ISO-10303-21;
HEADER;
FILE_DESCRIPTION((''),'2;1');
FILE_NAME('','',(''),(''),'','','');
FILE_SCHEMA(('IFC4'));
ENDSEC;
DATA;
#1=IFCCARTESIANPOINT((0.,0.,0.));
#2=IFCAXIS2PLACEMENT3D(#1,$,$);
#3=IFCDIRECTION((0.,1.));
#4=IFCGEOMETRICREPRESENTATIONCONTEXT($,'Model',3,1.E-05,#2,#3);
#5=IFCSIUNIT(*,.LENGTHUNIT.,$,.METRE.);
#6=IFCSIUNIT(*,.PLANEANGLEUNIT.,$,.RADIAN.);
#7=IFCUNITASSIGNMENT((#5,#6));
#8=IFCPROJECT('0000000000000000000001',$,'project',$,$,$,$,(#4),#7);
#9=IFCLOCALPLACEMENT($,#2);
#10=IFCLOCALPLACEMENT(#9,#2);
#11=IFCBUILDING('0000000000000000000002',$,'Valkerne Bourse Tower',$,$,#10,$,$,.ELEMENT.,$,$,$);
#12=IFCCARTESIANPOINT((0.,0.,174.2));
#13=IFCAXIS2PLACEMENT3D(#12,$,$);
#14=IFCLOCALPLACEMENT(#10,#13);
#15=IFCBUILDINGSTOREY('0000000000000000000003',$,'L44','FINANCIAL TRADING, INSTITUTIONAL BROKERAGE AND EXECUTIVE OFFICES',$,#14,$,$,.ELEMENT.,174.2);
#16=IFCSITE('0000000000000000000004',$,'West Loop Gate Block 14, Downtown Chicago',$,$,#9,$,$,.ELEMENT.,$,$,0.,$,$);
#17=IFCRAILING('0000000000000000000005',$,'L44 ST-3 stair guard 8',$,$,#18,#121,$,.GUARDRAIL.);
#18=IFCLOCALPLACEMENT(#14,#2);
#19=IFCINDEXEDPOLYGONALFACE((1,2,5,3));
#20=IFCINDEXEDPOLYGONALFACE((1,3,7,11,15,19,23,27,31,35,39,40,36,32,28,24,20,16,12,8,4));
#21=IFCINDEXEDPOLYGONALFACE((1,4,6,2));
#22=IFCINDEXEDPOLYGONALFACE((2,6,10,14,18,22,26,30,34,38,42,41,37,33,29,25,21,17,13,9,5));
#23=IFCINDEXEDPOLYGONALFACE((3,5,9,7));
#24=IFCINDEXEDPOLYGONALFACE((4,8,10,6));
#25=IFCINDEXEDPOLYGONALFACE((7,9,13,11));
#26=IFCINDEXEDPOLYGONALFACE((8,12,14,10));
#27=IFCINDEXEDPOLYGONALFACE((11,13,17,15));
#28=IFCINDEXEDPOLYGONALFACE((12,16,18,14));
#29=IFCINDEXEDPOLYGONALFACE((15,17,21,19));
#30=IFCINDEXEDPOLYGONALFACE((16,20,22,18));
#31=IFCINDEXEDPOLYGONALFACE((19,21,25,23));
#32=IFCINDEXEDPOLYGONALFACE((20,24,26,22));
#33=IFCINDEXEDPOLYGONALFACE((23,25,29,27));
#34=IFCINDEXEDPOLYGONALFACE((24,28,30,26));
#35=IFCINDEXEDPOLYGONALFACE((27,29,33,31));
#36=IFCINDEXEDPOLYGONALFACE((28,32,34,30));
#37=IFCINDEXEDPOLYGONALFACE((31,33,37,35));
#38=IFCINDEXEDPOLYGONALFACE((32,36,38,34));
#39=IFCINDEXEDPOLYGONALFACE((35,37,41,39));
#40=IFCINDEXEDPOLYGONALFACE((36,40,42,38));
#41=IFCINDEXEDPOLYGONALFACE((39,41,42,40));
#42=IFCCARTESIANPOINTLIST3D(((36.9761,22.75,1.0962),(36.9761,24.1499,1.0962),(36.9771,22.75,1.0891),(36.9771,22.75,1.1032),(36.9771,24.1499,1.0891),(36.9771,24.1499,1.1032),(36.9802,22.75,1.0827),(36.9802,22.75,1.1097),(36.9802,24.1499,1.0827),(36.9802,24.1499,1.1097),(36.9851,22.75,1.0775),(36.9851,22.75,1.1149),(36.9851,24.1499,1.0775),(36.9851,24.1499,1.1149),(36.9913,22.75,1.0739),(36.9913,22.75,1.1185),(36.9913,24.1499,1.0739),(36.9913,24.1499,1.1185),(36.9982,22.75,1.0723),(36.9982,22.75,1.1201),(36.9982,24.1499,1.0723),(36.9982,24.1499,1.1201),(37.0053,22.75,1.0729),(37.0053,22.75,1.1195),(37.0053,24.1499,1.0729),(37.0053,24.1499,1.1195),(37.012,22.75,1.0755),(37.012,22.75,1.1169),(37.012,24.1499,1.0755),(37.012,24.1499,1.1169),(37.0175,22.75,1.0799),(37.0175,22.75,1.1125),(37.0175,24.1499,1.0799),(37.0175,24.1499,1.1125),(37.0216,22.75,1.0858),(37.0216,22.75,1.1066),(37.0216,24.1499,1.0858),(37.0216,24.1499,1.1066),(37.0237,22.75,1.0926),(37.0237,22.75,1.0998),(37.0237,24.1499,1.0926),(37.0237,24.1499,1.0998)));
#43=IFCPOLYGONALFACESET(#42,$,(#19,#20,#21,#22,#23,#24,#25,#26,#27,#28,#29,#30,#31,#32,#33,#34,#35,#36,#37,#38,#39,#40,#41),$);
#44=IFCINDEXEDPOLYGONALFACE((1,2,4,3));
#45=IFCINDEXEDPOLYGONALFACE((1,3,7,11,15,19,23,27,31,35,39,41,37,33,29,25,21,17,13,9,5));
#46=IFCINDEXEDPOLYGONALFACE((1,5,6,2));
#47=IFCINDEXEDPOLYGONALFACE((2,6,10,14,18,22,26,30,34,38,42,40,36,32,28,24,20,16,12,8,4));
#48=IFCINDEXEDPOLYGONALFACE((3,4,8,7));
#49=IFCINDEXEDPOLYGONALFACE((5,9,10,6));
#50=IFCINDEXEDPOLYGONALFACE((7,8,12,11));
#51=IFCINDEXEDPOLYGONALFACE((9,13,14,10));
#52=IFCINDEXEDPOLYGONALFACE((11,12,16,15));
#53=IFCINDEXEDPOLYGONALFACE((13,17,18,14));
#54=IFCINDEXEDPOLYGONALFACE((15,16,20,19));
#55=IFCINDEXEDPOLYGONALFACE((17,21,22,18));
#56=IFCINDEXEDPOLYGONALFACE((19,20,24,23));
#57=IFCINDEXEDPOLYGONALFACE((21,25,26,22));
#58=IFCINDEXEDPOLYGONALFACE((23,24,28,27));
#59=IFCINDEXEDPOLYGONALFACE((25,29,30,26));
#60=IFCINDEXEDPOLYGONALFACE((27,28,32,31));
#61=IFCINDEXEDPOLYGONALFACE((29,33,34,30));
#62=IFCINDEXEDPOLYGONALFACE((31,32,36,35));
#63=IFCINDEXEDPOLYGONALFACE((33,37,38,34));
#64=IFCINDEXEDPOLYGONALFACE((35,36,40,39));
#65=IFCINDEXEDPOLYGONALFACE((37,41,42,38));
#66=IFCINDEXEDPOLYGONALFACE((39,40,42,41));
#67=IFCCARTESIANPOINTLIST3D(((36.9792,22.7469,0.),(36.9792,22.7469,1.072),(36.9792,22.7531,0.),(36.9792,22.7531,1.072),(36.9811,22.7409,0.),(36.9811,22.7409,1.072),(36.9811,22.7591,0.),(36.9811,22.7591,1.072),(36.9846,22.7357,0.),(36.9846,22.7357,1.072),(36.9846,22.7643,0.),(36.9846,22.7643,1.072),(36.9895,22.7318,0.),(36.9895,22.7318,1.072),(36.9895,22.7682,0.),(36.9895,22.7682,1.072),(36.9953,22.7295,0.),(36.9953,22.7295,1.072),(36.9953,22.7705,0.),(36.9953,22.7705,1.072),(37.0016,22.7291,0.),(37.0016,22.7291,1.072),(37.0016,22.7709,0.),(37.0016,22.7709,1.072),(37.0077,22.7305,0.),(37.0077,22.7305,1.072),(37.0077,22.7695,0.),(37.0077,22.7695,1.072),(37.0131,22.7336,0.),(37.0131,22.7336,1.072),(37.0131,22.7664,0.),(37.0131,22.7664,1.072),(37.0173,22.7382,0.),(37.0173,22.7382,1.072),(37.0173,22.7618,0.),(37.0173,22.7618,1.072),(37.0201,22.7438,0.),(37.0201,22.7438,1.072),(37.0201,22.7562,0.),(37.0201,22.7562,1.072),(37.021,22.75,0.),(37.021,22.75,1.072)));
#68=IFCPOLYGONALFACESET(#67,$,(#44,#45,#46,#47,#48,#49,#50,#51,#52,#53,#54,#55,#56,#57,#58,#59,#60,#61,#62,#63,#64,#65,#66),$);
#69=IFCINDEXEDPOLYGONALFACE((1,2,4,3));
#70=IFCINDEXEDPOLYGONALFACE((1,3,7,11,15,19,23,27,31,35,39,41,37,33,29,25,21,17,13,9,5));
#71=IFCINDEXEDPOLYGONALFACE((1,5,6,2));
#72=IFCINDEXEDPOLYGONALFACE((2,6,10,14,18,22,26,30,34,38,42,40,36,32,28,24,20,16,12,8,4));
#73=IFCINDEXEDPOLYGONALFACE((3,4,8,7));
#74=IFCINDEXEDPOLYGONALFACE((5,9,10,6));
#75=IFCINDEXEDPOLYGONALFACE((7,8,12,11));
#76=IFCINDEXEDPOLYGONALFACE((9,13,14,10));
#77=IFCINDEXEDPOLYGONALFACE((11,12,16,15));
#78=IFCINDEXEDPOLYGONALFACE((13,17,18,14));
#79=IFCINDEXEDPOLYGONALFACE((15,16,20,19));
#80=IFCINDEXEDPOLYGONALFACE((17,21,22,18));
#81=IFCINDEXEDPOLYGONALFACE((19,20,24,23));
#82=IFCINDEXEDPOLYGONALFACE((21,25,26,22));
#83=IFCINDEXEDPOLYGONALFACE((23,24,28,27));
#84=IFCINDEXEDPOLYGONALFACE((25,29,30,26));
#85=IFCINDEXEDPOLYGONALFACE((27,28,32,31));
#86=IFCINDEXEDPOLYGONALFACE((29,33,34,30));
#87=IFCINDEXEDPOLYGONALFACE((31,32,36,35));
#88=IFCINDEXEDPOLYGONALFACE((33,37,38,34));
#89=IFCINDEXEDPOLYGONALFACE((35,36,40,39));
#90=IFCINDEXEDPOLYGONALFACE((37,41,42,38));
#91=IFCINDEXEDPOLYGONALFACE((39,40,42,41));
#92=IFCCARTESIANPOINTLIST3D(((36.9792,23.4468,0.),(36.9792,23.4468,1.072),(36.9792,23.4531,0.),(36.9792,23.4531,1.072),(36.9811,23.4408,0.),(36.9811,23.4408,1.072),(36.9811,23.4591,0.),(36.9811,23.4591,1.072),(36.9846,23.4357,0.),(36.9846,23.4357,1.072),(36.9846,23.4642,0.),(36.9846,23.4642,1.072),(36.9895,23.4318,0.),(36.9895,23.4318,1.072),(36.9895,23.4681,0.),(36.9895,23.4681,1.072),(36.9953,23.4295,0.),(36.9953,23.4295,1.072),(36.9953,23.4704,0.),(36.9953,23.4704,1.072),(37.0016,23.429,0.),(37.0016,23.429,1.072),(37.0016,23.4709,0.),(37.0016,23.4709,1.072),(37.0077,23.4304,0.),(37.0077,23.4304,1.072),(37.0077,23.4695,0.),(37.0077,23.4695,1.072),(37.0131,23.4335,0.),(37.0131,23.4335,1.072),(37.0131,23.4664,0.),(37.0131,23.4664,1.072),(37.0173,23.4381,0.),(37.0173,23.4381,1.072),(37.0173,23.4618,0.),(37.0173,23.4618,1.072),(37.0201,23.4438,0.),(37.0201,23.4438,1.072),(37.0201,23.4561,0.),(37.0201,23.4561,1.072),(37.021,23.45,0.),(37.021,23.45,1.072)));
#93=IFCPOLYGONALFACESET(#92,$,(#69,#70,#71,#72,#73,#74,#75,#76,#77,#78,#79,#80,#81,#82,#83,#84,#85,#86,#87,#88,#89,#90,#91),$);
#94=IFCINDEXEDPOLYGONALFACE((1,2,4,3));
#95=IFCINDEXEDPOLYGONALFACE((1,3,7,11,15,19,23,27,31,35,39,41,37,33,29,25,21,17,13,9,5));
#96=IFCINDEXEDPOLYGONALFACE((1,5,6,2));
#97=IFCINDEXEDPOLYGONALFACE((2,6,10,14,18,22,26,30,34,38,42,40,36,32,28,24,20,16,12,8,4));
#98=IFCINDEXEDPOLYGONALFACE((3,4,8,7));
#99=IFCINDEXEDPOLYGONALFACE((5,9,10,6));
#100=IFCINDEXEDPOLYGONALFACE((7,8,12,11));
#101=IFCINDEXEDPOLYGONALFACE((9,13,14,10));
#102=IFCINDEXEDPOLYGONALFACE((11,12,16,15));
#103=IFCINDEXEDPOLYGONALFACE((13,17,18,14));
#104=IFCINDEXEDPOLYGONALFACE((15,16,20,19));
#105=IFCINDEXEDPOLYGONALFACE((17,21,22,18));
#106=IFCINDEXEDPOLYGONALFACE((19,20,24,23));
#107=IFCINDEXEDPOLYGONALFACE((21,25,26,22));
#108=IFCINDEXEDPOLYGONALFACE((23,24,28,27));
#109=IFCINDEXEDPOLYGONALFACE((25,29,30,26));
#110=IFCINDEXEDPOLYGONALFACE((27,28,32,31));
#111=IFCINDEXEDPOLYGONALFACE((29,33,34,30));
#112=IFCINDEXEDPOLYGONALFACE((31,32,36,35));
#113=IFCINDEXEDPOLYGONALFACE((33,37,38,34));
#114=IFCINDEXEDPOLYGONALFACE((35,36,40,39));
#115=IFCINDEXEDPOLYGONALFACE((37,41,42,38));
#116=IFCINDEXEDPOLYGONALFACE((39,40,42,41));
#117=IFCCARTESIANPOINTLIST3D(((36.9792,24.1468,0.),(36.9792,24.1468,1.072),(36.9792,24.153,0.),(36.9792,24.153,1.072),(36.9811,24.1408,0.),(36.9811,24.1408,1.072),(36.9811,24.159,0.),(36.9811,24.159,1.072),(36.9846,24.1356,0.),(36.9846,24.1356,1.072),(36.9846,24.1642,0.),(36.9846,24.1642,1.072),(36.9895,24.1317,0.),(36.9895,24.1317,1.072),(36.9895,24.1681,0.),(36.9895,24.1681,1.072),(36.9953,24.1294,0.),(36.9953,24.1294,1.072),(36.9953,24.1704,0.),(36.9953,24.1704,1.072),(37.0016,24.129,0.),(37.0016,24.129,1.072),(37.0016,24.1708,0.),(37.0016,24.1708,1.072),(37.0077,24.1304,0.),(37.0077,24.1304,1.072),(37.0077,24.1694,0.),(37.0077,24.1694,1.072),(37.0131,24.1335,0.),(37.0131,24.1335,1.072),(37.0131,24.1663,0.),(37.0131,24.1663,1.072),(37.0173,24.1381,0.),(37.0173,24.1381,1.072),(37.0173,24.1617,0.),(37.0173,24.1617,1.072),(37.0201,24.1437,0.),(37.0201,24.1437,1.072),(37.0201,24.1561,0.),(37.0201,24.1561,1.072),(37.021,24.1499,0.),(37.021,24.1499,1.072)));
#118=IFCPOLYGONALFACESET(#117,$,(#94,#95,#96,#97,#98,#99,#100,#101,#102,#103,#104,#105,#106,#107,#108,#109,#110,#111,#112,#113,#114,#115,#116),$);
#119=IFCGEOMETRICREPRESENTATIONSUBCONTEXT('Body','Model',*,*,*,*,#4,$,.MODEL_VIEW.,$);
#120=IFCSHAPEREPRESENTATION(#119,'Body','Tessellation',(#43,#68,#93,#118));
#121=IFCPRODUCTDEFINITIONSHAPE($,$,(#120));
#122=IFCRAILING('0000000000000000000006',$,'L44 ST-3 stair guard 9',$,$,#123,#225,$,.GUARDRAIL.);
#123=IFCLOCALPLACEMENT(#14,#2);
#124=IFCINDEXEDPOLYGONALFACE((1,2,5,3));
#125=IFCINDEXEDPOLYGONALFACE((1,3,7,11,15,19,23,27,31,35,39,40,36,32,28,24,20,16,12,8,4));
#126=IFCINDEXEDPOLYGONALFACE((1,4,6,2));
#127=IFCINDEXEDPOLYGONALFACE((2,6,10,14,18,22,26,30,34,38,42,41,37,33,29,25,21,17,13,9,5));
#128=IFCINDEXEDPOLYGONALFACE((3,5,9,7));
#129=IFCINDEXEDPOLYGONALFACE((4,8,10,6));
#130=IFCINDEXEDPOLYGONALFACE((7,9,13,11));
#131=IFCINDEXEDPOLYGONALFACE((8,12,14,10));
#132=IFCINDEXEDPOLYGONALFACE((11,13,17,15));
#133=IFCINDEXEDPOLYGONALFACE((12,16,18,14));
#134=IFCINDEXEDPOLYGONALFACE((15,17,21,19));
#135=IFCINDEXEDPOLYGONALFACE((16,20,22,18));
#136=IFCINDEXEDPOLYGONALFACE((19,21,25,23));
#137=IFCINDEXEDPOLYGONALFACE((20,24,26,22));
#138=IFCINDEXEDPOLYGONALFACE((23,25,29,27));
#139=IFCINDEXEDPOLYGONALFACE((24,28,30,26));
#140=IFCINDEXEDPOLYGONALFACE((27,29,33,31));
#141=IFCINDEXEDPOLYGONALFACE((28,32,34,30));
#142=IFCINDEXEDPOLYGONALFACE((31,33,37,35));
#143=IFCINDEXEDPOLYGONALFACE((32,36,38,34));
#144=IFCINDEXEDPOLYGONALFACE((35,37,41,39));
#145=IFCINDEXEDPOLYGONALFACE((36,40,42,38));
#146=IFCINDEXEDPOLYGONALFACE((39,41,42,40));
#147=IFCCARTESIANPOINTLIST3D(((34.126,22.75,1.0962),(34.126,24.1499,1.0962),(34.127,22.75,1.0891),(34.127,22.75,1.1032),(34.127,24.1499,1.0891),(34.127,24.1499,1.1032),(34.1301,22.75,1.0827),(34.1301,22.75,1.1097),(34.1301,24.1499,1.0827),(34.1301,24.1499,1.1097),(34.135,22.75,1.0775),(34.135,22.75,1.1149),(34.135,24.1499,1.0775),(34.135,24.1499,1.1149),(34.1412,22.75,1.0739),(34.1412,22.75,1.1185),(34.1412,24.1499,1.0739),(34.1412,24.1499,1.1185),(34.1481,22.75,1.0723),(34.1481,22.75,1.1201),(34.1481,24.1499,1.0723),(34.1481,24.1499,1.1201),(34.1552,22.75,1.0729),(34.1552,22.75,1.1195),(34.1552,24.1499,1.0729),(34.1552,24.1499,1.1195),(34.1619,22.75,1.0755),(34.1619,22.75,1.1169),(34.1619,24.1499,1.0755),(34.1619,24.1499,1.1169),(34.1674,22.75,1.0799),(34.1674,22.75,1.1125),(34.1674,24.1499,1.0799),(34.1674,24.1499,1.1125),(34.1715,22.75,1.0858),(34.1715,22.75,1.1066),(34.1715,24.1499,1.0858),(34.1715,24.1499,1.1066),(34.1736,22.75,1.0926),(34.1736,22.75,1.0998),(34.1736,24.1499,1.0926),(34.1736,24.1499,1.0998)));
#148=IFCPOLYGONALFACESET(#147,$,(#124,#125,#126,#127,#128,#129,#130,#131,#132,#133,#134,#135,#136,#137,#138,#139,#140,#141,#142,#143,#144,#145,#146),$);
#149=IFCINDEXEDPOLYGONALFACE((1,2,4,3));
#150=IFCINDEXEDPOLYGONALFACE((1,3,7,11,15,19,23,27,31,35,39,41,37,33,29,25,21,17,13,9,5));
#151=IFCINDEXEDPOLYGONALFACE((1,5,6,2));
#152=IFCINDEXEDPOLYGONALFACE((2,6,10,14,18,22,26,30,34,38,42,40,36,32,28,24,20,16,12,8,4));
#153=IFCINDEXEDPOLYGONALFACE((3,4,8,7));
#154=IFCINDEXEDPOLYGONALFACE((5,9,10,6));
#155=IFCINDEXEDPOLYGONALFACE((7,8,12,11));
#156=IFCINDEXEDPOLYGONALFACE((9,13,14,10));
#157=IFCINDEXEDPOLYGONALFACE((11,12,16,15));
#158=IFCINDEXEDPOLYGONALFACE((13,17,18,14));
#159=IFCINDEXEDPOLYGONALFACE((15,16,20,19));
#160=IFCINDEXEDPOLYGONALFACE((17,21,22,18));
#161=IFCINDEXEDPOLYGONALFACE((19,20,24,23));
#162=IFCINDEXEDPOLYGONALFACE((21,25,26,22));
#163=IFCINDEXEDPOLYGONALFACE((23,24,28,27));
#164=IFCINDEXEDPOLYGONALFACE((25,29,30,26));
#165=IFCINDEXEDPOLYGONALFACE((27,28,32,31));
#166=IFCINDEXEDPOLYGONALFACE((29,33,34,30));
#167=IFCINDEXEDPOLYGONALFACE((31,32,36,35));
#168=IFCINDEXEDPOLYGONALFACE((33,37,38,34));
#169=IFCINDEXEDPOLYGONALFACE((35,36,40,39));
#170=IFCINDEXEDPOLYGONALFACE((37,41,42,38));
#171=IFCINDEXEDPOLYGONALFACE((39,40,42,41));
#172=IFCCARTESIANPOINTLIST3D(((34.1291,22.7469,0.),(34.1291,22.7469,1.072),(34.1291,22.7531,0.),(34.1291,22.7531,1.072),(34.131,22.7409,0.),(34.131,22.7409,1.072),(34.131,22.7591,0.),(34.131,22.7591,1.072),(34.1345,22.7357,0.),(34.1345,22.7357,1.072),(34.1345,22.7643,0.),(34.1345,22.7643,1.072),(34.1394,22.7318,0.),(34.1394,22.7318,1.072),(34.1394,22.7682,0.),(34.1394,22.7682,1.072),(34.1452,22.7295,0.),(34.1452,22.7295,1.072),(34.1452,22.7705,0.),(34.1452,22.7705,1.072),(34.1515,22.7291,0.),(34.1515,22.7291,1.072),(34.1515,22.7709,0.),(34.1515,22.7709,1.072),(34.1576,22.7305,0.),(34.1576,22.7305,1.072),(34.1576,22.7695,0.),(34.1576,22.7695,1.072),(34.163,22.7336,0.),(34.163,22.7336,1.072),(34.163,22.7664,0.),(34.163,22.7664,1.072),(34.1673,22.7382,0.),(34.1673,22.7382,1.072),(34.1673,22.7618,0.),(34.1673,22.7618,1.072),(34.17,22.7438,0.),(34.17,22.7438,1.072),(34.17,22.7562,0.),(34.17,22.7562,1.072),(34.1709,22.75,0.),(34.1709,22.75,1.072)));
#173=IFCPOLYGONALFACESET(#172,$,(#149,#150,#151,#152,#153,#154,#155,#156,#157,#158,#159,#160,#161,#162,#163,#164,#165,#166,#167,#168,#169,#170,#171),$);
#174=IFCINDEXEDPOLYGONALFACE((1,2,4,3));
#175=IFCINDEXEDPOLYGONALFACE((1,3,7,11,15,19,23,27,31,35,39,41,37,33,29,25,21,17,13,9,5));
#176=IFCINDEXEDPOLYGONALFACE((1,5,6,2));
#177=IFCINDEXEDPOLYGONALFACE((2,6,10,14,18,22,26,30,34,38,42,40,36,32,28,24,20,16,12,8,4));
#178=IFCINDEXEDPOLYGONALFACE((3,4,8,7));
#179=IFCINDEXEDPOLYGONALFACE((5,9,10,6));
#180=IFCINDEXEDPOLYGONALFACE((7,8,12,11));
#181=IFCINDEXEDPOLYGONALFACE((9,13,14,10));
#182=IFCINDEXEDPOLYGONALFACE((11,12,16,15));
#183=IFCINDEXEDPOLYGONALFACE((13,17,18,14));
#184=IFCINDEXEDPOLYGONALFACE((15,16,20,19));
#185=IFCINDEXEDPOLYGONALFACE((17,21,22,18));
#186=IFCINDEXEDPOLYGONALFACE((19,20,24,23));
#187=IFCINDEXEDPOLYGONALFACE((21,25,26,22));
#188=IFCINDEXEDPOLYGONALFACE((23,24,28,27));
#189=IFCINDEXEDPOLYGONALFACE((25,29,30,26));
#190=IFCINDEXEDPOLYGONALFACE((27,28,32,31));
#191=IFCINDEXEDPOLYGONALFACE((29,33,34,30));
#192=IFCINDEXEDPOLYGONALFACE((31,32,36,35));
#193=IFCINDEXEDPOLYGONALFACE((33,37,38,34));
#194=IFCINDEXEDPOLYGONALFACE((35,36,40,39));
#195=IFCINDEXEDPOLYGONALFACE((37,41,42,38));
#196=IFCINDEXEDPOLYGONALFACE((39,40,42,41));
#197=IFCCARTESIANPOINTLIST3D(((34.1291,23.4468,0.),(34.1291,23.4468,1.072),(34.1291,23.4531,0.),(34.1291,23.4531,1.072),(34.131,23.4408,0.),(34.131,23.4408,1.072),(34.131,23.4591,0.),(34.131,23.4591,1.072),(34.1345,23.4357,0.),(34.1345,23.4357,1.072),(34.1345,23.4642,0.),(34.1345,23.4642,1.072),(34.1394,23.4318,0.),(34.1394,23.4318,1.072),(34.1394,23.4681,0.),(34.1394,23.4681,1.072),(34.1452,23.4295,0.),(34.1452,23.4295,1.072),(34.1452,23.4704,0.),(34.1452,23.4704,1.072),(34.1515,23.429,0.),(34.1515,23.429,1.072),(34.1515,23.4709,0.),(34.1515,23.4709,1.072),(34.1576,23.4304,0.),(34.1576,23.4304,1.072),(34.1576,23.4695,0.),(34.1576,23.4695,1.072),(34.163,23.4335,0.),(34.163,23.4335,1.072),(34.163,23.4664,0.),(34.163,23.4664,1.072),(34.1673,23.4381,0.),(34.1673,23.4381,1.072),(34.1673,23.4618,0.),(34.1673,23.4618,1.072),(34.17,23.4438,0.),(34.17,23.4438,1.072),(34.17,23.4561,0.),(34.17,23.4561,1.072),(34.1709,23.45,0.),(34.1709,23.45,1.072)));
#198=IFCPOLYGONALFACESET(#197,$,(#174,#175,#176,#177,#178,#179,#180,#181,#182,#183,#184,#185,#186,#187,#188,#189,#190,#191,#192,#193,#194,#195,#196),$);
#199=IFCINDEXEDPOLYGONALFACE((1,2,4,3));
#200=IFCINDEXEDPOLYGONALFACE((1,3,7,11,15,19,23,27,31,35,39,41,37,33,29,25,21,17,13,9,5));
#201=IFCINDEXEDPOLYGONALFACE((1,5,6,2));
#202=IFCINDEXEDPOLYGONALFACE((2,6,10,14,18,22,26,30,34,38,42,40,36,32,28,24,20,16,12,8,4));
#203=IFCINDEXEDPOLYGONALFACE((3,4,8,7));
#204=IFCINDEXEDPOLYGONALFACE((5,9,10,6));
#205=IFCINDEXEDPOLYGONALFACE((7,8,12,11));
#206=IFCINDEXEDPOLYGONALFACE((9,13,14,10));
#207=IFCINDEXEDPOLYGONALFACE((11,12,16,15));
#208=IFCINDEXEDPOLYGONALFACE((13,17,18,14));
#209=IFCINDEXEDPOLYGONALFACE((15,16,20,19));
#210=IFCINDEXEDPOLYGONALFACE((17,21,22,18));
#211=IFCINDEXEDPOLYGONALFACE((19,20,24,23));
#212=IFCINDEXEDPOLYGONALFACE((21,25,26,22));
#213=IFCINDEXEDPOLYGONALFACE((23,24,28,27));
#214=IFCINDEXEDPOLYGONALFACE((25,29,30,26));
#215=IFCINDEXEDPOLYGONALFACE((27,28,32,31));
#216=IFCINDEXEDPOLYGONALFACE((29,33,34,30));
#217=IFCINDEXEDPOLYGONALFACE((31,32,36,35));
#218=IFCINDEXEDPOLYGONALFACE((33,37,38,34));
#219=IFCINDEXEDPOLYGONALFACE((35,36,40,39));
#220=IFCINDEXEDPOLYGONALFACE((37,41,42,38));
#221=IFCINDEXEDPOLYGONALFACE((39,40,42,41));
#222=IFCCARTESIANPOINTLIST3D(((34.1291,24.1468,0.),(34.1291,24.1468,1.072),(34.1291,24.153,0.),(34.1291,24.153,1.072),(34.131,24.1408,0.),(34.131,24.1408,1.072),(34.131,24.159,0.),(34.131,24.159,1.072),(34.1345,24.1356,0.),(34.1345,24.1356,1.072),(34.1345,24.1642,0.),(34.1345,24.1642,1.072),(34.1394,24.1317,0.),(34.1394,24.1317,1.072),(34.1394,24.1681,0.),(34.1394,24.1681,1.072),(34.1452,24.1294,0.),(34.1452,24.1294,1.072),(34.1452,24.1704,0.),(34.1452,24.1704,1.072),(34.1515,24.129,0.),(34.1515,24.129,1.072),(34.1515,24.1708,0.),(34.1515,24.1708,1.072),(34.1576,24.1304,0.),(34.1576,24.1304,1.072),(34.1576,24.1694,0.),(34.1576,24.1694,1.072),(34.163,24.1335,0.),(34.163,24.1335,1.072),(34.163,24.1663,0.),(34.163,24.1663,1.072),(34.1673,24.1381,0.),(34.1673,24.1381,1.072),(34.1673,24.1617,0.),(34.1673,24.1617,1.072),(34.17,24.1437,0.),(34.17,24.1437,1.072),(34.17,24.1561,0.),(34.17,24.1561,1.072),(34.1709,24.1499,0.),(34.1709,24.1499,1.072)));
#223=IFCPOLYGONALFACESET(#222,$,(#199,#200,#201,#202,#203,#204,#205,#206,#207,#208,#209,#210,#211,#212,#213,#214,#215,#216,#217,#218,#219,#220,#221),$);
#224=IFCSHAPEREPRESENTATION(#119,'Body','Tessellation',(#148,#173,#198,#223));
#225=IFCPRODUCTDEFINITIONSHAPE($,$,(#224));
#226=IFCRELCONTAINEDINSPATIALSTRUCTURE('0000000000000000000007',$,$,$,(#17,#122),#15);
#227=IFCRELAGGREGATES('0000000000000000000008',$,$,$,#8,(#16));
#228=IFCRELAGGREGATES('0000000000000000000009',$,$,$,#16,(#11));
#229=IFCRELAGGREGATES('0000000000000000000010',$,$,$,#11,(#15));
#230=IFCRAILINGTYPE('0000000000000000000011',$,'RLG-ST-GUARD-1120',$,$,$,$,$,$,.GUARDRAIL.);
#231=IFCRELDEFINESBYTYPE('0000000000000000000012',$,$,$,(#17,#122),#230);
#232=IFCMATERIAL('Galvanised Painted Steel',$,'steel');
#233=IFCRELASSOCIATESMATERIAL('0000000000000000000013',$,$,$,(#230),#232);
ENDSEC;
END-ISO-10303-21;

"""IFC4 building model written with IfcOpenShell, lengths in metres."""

from ifc_helpers import new_model, si_unit, direction, frame, origin, origin_2d, place, context, subcontext, project, spatial, circle, extrude, material, type_object, element, save


model = new_model("IFC4")

# Units and contexts
model_context = context("Model", 3, precision=1e-05, world=origin(), true_north=direction((0.0, 1.0)))
body_context = subcontext(model_context, "Body", "Model", "MODEL_VIEW")
ifc_project = project(units=[si_unit("LENGTHUNIT", "METRE"), si_unit("PLANEANGLEUNIT", "RADIAN")], contexts=[model_context])

# Site, building, storey
site_placement = place(None, origin())
site = spatial("IfcSite", under=ifc_project, at=site_placement, Name="West Loop Gate Block 14, Downtown Chicago", CompositionType="ELEMENT", RefElevation=0.0)
building_placement = place(site_placement, origin())
building = spatial("IfcBuilding", under=site, at=building_placement, Name="Valkerne Bourse Tower", CompositionType="ELEMENT")
storey_placement = place(building_placement, frame((0.0, 0.0, 174.2)))
storey = spatial("IfcBuildingStorey", under=building, at=storey_placement, Name="L44", Description="FINANCIAL TRADING, INSTITUTIONAL BROKERAGE AND EXECUTIVE OFFICES", CompositionType="ELEMENT", Elevation=174.2)

# Shared definitions
ifc_material_1 = material(Name="Galvanised Painted Steel", Category="steel")

# Railings
railing_type = type_object("IfcRailingType", Name="RLG-ST-GUARD-1120", PredefinedType="GUARDRAIL", material=ifc_material_1)
for number, where, name in (
    (1, (37.0, 22.75, 0.0), "L44 ST-3 stair guard 8"),
    (2, (34.1499, 22.75, 0.0), "L44 ST-3 stair guard 9"),
):
    element("IfcRailing", number, at=place(storey_placement, frame(where)), inside=storey, type_object=railing_type, Name=name, PredefinedType="GUARDRAIL", context=body_context, shape_type="SweptSolid", body=[
        extrude(circle(Radius=0.0239, at=origin_2d()), frame((0.0, 0.0, 1.0962), z_axis=(0.0, 1.0, 0.0), x_axis=(-1.0, 0.0, 0.0)), (0.0, 0.0, 1.0), 1.3999),
        extrude(circle(Radius=0.021, at=origin_2d()), origin(), (0.0, 0.0, 1.0), 1.072),
        extrude(circle(Radius=0.021, at=origin_2d()), frame((0.0, 0.7, 0.0)), (0.0, 0.0, 1.0), 1.072),
        extrude(circle(Radius=0.021, at=origin_2d()), frame((0.0, 1.3999, 0.0)), (0.0, 0.0, 1.0), 1.072),
    ])

save(model, "model.ifc")
